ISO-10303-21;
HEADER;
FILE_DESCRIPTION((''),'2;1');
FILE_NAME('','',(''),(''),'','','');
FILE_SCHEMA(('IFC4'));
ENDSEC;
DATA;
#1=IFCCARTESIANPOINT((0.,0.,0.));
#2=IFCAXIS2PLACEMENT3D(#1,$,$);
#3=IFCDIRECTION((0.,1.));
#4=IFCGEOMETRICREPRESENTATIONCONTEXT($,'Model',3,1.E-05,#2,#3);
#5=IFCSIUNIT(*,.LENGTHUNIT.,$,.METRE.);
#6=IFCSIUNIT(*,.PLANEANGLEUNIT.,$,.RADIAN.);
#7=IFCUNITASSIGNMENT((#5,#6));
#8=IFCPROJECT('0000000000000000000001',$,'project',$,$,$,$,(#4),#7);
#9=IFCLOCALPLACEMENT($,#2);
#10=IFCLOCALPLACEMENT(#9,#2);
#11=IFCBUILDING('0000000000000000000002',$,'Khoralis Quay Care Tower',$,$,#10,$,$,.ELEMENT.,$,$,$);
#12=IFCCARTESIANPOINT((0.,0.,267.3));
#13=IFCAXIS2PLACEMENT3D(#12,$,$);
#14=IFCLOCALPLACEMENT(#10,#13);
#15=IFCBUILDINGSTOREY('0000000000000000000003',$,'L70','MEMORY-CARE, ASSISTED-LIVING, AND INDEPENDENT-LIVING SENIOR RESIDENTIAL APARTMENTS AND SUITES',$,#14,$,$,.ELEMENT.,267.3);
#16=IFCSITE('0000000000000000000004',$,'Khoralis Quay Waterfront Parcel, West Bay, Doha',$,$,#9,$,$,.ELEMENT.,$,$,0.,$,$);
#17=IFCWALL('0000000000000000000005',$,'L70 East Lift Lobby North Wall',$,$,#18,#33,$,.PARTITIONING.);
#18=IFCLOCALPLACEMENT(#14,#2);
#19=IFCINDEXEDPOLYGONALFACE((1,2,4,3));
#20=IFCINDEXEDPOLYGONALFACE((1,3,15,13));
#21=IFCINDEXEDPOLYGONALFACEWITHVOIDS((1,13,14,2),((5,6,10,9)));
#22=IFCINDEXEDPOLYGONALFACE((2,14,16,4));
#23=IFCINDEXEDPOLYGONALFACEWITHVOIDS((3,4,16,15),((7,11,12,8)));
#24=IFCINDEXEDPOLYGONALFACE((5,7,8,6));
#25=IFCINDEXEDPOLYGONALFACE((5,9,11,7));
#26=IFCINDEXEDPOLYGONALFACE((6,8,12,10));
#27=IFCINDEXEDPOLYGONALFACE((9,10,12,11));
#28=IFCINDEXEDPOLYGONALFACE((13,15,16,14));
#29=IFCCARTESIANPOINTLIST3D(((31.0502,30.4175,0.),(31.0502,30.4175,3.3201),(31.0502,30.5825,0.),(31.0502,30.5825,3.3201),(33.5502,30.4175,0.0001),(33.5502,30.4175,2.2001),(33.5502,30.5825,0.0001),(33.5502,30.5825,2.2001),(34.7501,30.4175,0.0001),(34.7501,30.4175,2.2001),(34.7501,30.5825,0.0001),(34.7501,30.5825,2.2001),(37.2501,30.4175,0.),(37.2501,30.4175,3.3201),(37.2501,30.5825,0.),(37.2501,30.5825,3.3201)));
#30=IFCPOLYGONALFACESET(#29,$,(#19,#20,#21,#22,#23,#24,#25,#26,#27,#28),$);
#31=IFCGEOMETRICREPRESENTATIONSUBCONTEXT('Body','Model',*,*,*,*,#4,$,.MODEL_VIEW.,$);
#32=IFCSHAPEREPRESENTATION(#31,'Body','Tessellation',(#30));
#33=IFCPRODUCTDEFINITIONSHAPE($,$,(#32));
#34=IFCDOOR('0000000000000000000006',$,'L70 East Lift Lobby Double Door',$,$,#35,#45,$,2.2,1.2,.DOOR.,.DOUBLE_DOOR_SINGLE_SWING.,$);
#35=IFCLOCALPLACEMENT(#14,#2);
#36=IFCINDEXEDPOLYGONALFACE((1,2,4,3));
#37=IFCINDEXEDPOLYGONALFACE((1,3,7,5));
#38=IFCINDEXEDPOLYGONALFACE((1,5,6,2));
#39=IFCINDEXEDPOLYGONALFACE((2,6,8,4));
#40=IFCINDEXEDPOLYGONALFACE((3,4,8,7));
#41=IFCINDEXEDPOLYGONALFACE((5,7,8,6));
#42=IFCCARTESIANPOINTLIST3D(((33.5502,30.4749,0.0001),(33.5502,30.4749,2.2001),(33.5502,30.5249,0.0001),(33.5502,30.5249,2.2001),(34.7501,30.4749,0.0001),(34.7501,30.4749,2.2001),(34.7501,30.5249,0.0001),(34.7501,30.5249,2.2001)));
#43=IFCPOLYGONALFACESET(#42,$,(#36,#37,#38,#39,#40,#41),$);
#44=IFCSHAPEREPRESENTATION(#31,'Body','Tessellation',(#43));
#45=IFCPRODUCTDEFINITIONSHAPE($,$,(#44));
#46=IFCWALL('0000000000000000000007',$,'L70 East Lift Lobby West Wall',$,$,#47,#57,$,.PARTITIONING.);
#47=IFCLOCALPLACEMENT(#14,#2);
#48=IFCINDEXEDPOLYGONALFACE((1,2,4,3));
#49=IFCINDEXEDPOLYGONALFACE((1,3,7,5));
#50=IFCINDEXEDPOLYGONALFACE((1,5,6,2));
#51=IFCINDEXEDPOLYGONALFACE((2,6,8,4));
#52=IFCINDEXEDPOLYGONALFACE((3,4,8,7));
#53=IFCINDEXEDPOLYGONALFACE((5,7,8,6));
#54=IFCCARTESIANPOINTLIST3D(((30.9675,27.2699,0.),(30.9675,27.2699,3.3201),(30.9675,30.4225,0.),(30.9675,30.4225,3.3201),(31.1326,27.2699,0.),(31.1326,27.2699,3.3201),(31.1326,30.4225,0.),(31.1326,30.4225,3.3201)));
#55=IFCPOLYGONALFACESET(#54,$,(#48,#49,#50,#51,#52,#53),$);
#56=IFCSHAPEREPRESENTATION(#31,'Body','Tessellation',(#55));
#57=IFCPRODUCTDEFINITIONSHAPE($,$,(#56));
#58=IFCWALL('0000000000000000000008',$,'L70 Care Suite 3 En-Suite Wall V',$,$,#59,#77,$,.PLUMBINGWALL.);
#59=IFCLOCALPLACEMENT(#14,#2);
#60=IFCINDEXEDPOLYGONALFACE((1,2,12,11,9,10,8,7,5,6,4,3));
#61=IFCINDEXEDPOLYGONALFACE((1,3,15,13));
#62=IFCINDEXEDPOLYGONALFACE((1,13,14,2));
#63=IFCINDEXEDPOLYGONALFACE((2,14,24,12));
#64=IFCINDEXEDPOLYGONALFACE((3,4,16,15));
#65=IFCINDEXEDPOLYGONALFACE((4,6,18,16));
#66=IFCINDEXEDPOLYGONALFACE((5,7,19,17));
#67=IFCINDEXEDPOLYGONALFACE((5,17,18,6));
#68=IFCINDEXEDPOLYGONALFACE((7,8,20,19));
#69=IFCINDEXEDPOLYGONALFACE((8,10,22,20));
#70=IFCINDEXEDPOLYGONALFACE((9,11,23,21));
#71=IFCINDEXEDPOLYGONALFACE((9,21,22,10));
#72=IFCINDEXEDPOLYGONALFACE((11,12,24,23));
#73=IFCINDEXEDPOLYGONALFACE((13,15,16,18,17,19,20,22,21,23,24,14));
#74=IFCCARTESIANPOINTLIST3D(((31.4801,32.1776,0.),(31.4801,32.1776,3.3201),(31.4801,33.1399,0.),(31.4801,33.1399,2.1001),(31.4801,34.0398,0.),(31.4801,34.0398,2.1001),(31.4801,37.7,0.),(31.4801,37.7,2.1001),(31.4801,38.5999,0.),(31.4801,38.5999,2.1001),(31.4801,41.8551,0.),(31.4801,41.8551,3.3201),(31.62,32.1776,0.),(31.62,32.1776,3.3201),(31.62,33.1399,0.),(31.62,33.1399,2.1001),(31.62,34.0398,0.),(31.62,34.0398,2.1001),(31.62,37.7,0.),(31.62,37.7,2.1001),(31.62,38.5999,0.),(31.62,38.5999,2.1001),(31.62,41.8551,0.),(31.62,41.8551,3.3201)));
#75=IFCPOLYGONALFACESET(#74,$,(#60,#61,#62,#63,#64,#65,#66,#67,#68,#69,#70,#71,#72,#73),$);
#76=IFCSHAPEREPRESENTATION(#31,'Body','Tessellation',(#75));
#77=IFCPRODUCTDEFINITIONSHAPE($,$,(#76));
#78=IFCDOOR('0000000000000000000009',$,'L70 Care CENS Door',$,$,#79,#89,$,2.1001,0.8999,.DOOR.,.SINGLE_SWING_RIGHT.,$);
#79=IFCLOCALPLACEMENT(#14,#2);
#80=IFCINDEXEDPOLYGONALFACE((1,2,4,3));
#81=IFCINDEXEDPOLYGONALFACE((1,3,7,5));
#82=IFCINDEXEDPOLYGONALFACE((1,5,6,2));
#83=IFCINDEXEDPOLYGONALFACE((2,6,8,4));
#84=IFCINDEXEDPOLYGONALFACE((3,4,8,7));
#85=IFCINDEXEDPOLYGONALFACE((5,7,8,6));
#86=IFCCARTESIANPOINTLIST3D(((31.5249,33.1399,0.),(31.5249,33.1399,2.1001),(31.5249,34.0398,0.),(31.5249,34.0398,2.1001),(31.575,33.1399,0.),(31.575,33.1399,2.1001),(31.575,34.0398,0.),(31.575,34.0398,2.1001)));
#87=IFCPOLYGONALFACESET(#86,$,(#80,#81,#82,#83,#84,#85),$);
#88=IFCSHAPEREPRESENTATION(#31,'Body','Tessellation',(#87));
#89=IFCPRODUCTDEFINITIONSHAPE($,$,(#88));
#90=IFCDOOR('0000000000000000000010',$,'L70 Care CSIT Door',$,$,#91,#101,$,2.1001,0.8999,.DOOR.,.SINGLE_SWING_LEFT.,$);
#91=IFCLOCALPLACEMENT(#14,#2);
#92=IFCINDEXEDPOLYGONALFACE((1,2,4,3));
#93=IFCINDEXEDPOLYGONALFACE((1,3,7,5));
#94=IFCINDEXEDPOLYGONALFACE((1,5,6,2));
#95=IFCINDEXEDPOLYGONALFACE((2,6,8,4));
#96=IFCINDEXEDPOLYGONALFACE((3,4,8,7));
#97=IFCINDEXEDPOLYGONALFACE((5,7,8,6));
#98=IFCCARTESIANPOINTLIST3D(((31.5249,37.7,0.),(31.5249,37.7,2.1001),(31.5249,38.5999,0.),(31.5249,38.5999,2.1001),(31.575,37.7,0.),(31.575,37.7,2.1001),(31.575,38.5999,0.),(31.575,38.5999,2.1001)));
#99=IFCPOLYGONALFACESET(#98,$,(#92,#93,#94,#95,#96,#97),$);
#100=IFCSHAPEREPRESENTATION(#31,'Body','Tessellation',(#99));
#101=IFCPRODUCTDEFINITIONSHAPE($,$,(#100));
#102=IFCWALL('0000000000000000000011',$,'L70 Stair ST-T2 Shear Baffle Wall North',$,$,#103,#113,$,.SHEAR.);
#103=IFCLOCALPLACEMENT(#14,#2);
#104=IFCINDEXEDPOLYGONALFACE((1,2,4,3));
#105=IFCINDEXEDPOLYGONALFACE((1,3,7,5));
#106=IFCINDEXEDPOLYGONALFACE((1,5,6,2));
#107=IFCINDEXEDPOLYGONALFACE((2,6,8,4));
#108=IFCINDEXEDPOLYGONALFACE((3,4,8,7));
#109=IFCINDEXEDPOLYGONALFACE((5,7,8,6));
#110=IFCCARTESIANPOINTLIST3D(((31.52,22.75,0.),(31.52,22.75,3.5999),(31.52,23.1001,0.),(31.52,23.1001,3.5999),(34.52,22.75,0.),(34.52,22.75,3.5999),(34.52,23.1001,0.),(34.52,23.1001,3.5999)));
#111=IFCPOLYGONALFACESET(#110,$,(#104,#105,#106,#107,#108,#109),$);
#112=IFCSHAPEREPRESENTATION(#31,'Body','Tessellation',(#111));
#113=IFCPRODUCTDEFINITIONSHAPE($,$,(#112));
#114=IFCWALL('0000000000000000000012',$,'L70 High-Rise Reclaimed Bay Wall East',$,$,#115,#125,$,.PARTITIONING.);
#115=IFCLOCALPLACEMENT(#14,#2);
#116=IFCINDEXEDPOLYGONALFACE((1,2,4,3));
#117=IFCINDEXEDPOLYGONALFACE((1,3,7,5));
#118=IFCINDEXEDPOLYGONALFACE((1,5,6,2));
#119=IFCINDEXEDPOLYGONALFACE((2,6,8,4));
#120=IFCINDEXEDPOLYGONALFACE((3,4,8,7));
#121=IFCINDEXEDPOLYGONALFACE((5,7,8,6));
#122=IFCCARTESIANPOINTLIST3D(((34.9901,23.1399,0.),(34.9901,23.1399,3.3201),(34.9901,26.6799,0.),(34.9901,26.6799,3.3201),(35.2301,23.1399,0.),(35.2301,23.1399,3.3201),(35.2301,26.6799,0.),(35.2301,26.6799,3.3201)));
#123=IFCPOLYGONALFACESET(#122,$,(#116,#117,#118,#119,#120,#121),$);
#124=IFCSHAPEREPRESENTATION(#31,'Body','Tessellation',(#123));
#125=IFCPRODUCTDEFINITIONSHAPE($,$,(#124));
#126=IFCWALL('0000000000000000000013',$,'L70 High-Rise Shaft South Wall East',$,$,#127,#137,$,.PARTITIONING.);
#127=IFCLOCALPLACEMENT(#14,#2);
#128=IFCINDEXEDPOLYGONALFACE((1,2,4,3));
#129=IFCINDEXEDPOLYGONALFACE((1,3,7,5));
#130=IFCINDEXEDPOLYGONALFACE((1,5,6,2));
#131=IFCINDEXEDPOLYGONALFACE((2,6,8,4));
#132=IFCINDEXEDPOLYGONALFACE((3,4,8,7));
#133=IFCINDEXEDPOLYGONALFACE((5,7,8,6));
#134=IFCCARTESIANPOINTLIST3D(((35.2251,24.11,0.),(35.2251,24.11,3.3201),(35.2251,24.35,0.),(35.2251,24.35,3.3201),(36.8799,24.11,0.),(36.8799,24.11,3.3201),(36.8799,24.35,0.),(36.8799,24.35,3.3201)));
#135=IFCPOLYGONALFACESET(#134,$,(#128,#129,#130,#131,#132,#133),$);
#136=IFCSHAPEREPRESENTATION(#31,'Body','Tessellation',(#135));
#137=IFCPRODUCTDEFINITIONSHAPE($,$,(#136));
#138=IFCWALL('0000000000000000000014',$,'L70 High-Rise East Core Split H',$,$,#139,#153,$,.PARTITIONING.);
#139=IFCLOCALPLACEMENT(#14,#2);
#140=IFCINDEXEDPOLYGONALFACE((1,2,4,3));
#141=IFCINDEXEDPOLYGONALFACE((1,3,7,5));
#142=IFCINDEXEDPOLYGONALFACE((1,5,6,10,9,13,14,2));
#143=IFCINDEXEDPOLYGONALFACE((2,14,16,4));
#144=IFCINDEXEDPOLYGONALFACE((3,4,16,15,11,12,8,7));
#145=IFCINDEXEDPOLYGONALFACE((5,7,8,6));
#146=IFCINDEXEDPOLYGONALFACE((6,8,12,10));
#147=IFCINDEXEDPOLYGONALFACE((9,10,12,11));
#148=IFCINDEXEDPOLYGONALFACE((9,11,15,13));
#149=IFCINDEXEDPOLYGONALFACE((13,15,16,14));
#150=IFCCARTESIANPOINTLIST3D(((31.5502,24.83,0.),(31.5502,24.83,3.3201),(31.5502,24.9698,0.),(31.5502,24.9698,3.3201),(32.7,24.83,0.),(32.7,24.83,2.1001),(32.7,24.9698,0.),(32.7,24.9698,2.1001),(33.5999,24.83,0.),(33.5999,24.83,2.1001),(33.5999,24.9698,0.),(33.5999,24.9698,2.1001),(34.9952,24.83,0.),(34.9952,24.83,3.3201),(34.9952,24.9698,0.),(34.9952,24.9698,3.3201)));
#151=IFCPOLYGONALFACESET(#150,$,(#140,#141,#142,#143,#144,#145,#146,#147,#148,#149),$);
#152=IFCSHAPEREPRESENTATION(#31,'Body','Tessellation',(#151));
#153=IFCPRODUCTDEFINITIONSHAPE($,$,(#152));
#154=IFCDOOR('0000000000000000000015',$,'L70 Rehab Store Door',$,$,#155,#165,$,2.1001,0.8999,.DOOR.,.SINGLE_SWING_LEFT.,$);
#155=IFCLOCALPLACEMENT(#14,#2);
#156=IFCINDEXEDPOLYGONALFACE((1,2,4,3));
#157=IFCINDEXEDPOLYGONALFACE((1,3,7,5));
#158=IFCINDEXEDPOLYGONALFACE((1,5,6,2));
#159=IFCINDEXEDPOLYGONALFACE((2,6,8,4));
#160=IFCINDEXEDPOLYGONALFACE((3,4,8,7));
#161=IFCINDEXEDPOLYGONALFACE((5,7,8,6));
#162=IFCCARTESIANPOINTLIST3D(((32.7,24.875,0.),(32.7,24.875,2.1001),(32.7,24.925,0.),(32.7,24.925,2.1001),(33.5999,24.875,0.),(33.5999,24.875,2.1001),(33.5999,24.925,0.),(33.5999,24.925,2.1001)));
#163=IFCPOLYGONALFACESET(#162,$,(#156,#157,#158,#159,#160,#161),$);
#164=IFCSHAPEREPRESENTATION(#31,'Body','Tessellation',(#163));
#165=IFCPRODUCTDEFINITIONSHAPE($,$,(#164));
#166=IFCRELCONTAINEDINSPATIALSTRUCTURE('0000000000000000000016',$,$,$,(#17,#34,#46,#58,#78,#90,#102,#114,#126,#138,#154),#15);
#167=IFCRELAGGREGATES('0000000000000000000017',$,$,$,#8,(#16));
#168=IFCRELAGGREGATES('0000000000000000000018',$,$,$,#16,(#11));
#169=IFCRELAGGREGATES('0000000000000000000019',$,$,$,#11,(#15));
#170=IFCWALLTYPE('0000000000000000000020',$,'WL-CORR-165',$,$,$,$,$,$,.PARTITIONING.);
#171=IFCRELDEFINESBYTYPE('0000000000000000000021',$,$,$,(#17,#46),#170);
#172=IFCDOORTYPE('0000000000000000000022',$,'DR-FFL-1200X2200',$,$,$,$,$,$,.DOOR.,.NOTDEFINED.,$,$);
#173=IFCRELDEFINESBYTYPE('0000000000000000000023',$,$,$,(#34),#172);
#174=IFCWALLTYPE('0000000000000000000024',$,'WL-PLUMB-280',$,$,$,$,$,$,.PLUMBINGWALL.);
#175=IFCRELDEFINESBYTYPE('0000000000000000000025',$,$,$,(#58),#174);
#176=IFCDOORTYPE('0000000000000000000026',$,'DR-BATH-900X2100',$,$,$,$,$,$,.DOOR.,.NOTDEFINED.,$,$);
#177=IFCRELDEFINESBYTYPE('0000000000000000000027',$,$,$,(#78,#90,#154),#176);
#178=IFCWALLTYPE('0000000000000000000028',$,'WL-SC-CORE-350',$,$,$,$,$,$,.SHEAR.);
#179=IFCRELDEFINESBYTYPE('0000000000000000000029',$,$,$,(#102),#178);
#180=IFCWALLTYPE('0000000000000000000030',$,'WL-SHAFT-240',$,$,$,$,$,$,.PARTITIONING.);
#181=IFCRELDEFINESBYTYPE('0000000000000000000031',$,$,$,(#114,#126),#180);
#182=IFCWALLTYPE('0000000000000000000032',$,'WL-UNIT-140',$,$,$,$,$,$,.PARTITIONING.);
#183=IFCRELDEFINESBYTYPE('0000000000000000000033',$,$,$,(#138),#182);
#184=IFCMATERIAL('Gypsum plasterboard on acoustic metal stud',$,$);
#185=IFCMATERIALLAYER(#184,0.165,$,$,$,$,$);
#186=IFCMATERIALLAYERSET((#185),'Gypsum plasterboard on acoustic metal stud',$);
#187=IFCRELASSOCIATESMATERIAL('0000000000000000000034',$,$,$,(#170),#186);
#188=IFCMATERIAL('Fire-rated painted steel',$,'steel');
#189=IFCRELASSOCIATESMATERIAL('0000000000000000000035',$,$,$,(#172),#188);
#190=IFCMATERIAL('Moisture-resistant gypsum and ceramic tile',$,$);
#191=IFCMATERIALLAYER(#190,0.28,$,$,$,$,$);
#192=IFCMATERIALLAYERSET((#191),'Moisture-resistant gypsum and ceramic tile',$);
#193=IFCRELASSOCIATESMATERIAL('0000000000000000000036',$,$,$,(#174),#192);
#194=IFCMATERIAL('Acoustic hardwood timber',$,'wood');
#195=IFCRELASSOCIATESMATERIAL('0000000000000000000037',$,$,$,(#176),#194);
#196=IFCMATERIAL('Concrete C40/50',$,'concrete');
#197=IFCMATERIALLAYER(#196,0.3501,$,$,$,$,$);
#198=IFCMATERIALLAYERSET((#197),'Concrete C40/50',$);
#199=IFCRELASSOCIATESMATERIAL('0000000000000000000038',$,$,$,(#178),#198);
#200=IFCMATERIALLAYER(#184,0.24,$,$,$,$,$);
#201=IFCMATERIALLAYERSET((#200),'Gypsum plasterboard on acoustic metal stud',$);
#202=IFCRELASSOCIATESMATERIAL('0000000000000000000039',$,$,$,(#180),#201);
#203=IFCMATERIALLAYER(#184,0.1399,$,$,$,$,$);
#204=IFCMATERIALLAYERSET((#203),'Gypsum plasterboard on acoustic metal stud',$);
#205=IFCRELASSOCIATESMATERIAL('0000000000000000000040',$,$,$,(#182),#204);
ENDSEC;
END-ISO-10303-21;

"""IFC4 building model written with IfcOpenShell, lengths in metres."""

from ifc_helpers import new_model, si_unit, direction, frame, frame_2d, origin, place, context, subcontext, project, spatial, rectangle, extrude, source, transform, mapped, material, layer, layer_set, type_object, element, fill, save


model = new_model("IFC4")

# Units and contexts
model_context = context("Model", 3, precision=1e-05, world=origin(), true_north=direction((0.0, 1.0)))
body_context = subcontext(model_context, "Body", "Model", "MODEL_VIEW")
ifc_project = project(units=[si_unit("LENGTHUNIT", "METRE"), si_unit("PLANEANGLEUNIT", "RADIAN")], contexts=[model_context])

# Site, building, storey
site_placement = place(None, origin())
site = spatial("IfcSite", under=ifc_project, at=site_placement, Name="Khoralis Quay Waterfront Parcel, West Bay, Doha", CompositionType="ELEMENT", RefElevation=0.0)
building_placement = place(site_placement, origin())
building = spatial("IfcBuilding", under=site, at=building_placement, Name="Khoralis Quay Care Tower", CompositionType="ELEMENT")
storey_placement = place(building_placement, frame((0.0, 0.0, 267.3)))
storey = spatial("IfcBuildingStorey", under=building, at=storey_placement, Name="L70", Description="MEMORY-CARE, ASSISTED-LIVING, AND INDEPENDENT-LIVING SENIOR RESIDENTIAL APARTMENTS AND SUITES", CompositionType="ELEMENT", Elevation=267.3)

# Shared definitions
ifc_material_1 = material(Name="Acoustic hardwood timber", Category="wood")

# Wall, opening, door
ifc_material_2 = material(Name="Gypsum plasterboard on acoustic metal stud")
ifc_layer_1 = layer(ifc_material_2, 0.165)
ifc_layer_set_1 = layer_set([ifc_layer_1], Name="Gypsum plasterboard on acoustic metal stud")
wall_type_1 = type_object("IfcWallType", Name="WL-CORR-165", PredefinedType="PARTITIONING", material=ifc_layer_set_1)
wall_1_placement = place(storey_placement, frame((31.05, 30.5, 0.0), z_axis=(0.0, 0.0, 1.0), x_axis=(1.0, 0.0, 0.0)))
wall_1 = element("IfcWall", 1, at=wall_1_placement, inside=storey, type_object=wall_type_1, Name="L70 East Lift Lobby North Wall", PredefinedType="PARTITIONING", context=body_context, shape_type="SweptSolid", body=[
    extrude(rectangle(XDim=6.2, YDim=0.165, at=frame_2d((3.1001, 0.0))), origin(), (0.0, 0.0, 1.0), 3.3201),
])
opening_1_placement = place(wall_1_placement, frame((2.5, 0.0, 0.0)))
opening_1 = element("IfcOpeningElement", 2, at=opening_1_placement, cuts=wall_1, PredefinedType="OPENING", context=body_context, shape_type="SweptSolid", body=[
    extrude(rectangle(XDim=1.2, YDim=2.2, at=frame_2d((0.6001, 1.1001))), frame((0.0, 0.0925, 0.0), z_axis=(0.0, -1.0, 0.0), x_axis=(1.0, 0.0, 0.0)), (0.0, 0.0, 1.0), 0.1851),
])
ifc_material_3 = material(Name="Fire-rated painted steel", Category="steel")
door_type_1 = type_object("IfcDoorType", Name="DR-FFL-1200X2200", OperationType="NOTDEFINED", PredefinedType="DOOR", material=ifc_material_3)
shared_shape_1 = source(origin(), body_context, "Body", "SweptSolid", [
    extrude(rectangle(XDim=1.2, YDim=2.2, at=frame_2d((0.6001, 1.1001))), frame((0.0, 0.0249, 0.0), z_axis=(0.0, -1.0, 0.0), x_axis=(1.0, 0.0, 0.0)), (0.0, 0.0, 1.0), 0.05),
])
door_1_placement = place(opening_1_placement, origin())
door_1 = element("IfcDoor", 3, at=door_1_placement, inside=storey, type_object=door_type_1, Name="L70 East Lift Lobby Double Door", OperationType="DOUBLE_DOOR_SINGLE_SWING", OverallHeight=2.2, OverallWidth=1.2, PredefinedType="DOOR", context=body_context, shape_type="MappedRepresentation", body=[
    mapped(shared_shape_1, transform((0.0, 0.0, 0.0), scale=1.0)),
])
fill(opening_1, door_1)

# Wall
wall_2_placement = place(storey_placement, frame((31.05, 27.27, 0.0), z_axis=(0.0, 0.0, 1.0), x_axis=(0.0, 1.0, 0.0)))
element("IfcWall", 4, at=wall_2_placement, inside=storey, type_object=wall_type_1, Name="L70 East Lift Lobby West Wall", PredefinedType="PARTITIONING", context=body_context, shape_type="SweptSolid", body=[
    extrude(rectangle(XDim=3.1526, YDim=0.165, at=frame_2d((1.5762, 0.0))), origin(), (0.0, 0.0, 1.0), 3.3201),
])

# Wall, openings, doors
ifc_material_4 = material(Name="Moisture-resistant gypsum and ceramic tile")
ifc_layer_2 = layer(ifc_material_4, 0.28)
ifc_layer_set_2 = layer_set([ifc_layer_2], Name="Moisture-resistant gypsum and ceramic tile")
wall_type_2 = type_object("IfcWallType", Name="WL-PLUMB-280", PredefinedType="PLUMBINGWALL", material=ifc_layer_set_2)
wall_3_placement = place(storey_placement, frame((31.55, 32.1775, 0.0), z_axis=(0.0, 0.0, 1.0), x_axis=(0.0, 1.0, 0.0)))
wall_3 = element("IfcWall", 5, at=wall_3_placement, inside=storey, type_object=wall_type_2, Name="L70 Care Suite 3 En-Suite Wall V", PredefinedType="PLUMBINGWALL", context=body_context, shape_type="SweptSolid", body=[
    extrude(rectangle(XDim=9.6775, YDim=0.1399, at=frame_2d((4.8389, 0.0))), origin(), (0.0, 0.0, 1.0), 3.3201),
])
opening_2_placement = place(wall_3_placement, frame((0.9624, 0.0, 0.0)))
opening_2 = element("IfcOpeningElement", 6, at=opening_2_placement, cuts=wall_3, PredefinedType="OPENING", context=body_context, shape_type="SweptSolid", body=[
    extrude(rectangle(XDim=0.8999, YDim=2.1001, at=frame_2d((0.45, 1.05))), frame((0.0, 0.0801, 0.0), z_axis=(0.0, -1.0, 0.0), x_axis=(1.0, 0.0, 0.0)), (0.0, 0.0, 1.0), 0.1599),
])
opening_3_placement = place(wall_3_placement, frame((5.5225, 0.0, 0.0)))
opening_3 = element("IfcOpeningElement", 7, at=opening_3_placement, cuts=wall_3, PredefinedType="OPENING", context=body_context, shape_type="SweptSolid", body=[
    extrude(rectangle(XDim=0.8999, YDim=2.1001, at=frame_2d((0.45, 1.05))), frame((0.0, 0.0801, 0.0), z_axis=(0.0, -1.0, 0.0), x_axis=(1.0, 0.0, 0.0)), (0.0, 0.0, 1.0), 0.1599),
])
door_type_2 = type_object("IfcDoorType", Name="DR-BATH-900X2100", OperationType="NOTDEFINED", PredefinedType="DOOR", material=ifc_material_1)
shared_shape_2 = source(origin(), body_context, "Body", "SweptSolid", [
    extrude(rectangle(XDim=0.8999, YDim=2.1001, at=frame_2d((0.45, 1.05))), frame((0.0, 0.0249, 0.0), z_axis=(0.0, -1.0, 0.0), x_axis=(1.0, 0.0, 0.0)), (0.0, 0.0, 1.0), 0.05),
])
door_2_placement = place(opening_2_placement, frame((0.8999, 0.0, 0.0), z_axis=(0.0, 0.0, 1.0), x_axis=(-1.0, 0.0, 0.0)))
door_2 = element("IfcDoor", 8, at=door_2_placement, inside=storey, type_object=door_type_2, Name="L70 Care CENS Door", OperationType="SINGLE_SWING_RIGHT", OverallHeight=2.1001, OverallWidth=0.8999, PredefinedType="DOOR", context=body_context, shape_type="MappedRepresentation", body=[
    mapped(shared_shape_2, transform((0.0, 0.0, 0.0), scale=1.0)),
])
fill(opening_2, door_2)
door_3_placement = place(opening_3_placement, frame((0.8999, 0.0, 0.0), z_axis=(0.0, 0.0, 1.0), x_axis=(-1.0, 0.0, 0.0)))
door_3 = element("IfcDoor", 9, at=door_3_placement, inside=storey, type_object=door_type_2, Name="L70 Care CSIT Door", OperationType="SINGLE_SWING_LEFT", OverallHeight=2.1001, OverallWidth=0.8999, PredefinedType="DOOR", context=body_context, shape_type="MappedRepresentation", body=[
    mapped(shared_shape_2, transform((0.0, 0.0, 0.0), scale=1.0)),
])
fill(opening_3, door_3)

# Walls
ifc_material_5 = material(Name="Concrete C40/50", Category="concrete")
ifc_layer_3 = layer(ifc_material_5, 0.3501)
ifc_layer_set_3 = layer_set([ifc_layer_3], Name="Concrete C40/50")
wall_type_3 = type_object("IfcWallType", Name="WL-SC-CORE-350", PredefinedType="SHEAR", material=ifc_layer_set_3)
wall_4_placement = place(storey_placement, frame((31.52, 22.925, 0.0), z_axis=(0.0, 0.0, 1.0), x_axis=(1.0, 0.0, 0.0)))
element("IfcWall", 10, at=wall_4_placement, inside=storey, type_object=wall_type_3, Name="L70 Stair ST-T2 Shear Baffle Wall North", PredefinedType="SHEAR", context=body_context, shape_type="SweptSolid", body=[
    extrude(rectangle(XDim=3.0, YDim=0.3501, at=frame_2d((1.5, 0.0))), origin(), (0.0, 0.0, 1.0), 3.5999),
])
ifc_layer_4 = layer(ifc_material_2, 0.24)
ifc_layer_set_4 = layer_set([ifc_layer_4], Name="Gypsum plasterboard on acoustic metal stud")
wall_type_4 = type_object("IfcWallType", Name="WL-SHAFT-240", PredefinedType="PARTITIONING", material=ifc_layer_set_4)
wall_5_placement = place(storey_placement, frame((35.1101, 23.1399, 0.0), z_axis=(0.0, 0.0, 1.0), x_axis=(0.0, 1.0, 0.0)))
element("IfcWall", 11, at=wall_5_placement, inside=storey, type_object=wall_type_4, Name="L70 High-Rise Reclaimed Bay Wall East", PredefinedType="PARTITIONING", context=body_context, shape_type="SweptSolid", body=[
    extrude(rectangle(XDim=3.54, YDim=0.24, at=frame_2d((1.77, 0.0))), origin(), (0.0, 0.0, 1.0), 3.3201),
])
wall_6_placement = place(storey_placement, frame((35.2251, 24.23, 0.0), z_axis=(0.0, 0.0, 1.0), x_axis=(1.0, 0.0, 0.0)))
element("IfcWall", 12, at=wall_6_placement, inside=storey, type_object=wall_type_4, Name="L70 High-Rise Shaft South Wall East", PredefinedType="PARTITIONING", context=body_context, shape_type="SweptSolid", body=[
    extrude(rectangle(XDim=1.6548, YDim=0.24, at=frame_2d((0.8274, 0.0))), origin(), (0.0, 0.0, 1.0), 3.3201),
])

# Wall, opening, door
ifc_layer_5 = layer(ifc_material_2, 0.1399)
ifc_layer_set_5 = layer_set([ifc_layer_5], Name="Gypsum plasterboard on acoustic metal stud")
wall_type_5 = type_object("IfcWallType", Name="WL-UNIT-140", PredefinedType="PARTITIONING", material=ifc_layer_set_5)
wall_7_placement = place(storey_placement, frame((31.55, 24.8999, 0.0), z_axis=(0.0, 0.0, 1.0), x_axis=(1.0, 0.0, 0.0)))
wall_7 = element("IfcWall", 13, at=wall_7_placement, inside=storey, type_object=wall_type_5, Name="L70 High-Rise East Core Split H", PredefinedType="PARTITIONING", context=body_context, shape_type="SweptSolid", body=[
    extrude(rectangle(XDim=3.4451, YDim=0.1399, at=frame_2d((1.7227, 0.0))), origin(), (0.0, 0.0, 1.0), 3.3201),
])
opening_4_placement = place(wall_7_placement, frame((1.1499, 0.0, 0.0)))
opening_4 = element("IfcOpeningElement", 14, at=opening_4_placement, cuts=wall_7, PredefinedType="OPENING", context=body_context, shape_type="SweptSolid", body=[
    extrude(rectangle(XDim=0.8999, YDim=2.1001, at=frame_2d((0.45, 1.05))), frame((0.0, 0.0801, 0.0), z_axis=(0.0, -1.0, 0.0), x_axis=(1.0, 0.0, 0.0)), (0.0, 0.0, 1.0), 0.1599),
])
door_4_placement = place(opening_4_placement, frame((0.8999, 0.0, 0.0), z_axis=(0.0, 0.0, 1.0), x_axis=(-1.0, 0.0, 0.0)))
door_4 = element("IfcDoor", 15, at=door_4_placement, inside=storey, type_object=door_type_2, Name="L70 Rehab Store Door", OperationType="SINGLE_SWING_LEFT", OverallHeight=2.1001, OverallWidth=0.8999, PredefinedType="DOOR", context=body_context, shape_type="MappedRepresentation", body=[
    mapped(shared_shape_2, transform((0.0, 0.0, 0.0), scale=1.0)),
])
fill(opening_4, door_4)

save(model, "model.ifc")
